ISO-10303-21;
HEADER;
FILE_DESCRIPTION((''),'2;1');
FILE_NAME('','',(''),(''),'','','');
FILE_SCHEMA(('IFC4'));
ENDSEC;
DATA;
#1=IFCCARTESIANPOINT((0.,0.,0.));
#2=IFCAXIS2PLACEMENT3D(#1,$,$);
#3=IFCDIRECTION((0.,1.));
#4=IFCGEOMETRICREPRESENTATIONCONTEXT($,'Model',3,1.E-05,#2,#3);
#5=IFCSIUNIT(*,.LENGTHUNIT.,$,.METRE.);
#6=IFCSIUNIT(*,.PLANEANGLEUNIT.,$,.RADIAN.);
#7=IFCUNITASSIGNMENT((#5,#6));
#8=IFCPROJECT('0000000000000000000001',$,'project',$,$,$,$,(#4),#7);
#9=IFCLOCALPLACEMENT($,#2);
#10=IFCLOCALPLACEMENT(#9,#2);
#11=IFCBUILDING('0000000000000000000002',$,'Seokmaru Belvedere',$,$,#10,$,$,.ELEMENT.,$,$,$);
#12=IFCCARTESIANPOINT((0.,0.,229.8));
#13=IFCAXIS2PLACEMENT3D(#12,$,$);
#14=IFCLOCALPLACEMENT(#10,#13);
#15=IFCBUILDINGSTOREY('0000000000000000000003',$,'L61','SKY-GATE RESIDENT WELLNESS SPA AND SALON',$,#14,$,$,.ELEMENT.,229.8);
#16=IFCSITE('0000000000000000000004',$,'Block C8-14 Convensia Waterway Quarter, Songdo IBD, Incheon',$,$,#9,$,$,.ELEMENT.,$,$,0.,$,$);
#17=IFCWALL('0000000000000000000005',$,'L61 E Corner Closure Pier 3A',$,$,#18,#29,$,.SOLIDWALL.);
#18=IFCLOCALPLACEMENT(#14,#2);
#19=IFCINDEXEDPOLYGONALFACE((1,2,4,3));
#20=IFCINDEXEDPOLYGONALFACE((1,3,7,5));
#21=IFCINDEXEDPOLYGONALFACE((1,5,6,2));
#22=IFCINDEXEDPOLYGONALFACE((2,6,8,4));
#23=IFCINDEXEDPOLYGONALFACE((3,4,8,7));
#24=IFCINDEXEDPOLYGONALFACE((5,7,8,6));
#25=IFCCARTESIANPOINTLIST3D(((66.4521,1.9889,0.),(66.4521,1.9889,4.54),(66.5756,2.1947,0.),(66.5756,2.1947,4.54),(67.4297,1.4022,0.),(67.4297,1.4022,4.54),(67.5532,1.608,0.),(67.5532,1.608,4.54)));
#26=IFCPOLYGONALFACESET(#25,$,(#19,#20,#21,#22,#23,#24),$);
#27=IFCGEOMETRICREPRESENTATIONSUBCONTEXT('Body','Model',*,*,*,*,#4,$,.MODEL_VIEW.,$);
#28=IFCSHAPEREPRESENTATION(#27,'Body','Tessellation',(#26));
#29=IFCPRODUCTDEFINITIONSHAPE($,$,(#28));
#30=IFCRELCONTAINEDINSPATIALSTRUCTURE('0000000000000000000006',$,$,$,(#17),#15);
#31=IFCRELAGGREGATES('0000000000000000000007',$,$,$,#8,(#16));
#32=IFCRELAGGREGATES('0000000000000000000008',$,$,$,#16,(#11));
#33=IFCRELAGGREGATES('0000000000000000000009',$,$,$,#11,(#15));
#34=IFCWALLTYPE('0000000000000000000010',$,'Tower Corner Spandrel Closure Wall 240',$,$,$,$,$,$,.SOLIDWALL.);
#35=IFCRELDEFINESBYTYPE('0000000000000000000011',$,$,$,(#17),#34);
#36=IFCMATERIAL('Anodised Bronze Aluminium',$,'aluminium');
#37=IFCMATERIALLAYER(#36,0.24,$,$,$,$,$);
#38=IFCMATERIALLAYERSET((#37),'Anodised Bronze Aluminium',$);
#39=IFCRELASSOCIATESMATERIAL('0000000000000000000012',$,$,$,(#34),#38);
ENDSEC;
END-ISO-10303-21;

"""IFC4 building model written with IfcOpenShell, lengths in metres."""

from ifc_helpers import new_model, si_unit, direction, frame, frame_2d, origin, place, context, subcontext, project, spatial, rectangle, extrude, material, layer, layer_set, type_object, element, save


model = new_model("IFC4")

# Units and contexts
model_context = context("Model", 3, precision=1e-05, world=origin(), true_north=direction((0.0, 1.0)))
body_context = subcontext(model_context, "Body", "Model", "MODEL_VIEW")
ifc_project = project(units=[si_unit("LENGTHUNIT", "METRE"), si_unit("PLANEANGLEUNIT", "RADIAN")], contexts=[model_context])

# Site, building, storey
site_placement = place(None, origin())
site = spatial("IfcSite", under=ifc_project, at=site_placement, Name="Block C8-14 Convensia Waterway Quarter, Songdo IBD, Incheon", CompositionType="ELEMENT", RefElevation=0.0)
building_placement = place(site_placement, origin())
building = spatial("IfcBuilding", under=site, at=building_placement, Name="Seokmaru Belvedere", CompositionType="ELEMENT")
storey_placement = place(building_placement, frame((0.0, 0.0, 229.8)))
storey = spatial("IfcBuildingStorey", under=building, at=storey_placement, Name="L61", Description="SKY-GATE RESIDENT WELLNESS SPA AND SALON", CompositionType="ELEMENT", Elevation=229.8)

# Shared definitions
ifc_material_1 = material(Name="Anodised Bronze Aluminium", Category="aluminium")

# Wall
ifc_layer_1 = layer(ifc_material_1, 0.24)
ifc_layer_set_1 = layer_set([ifc_layer_1], Name="Anodised Bronze Aluminium")
wall_type = type_object("IfcWallType", Name="Tower Corner Spandrel Closure Wall 240", PredefinedType="SOLIDWALL", material=ifc_layer_set_1)
wall_1_placement = place(storey_placement, frame((67.4915, 1.5051, 0.0), z_axis=(0.0, 0.0, 1.0), x_axis=(-0.857436, 0.51459, 0.0)))
element("IfcWall", 1, at=wall_1_placement, inside=storey, type_object=wall_type, Name="L61 E Corner Closure Pier 3A", PredefinedType="SOLIDWALL", context=body_context, shape_type="SweptSolid", body=[
    extrude(rectangle(XDim=1.1401, YDim=0.24, at=frame_2d((0.5701, 0.0))), origin(), (0.0, 0.0, 1.0), 4.54),
])

save(model, "model.ifc")
